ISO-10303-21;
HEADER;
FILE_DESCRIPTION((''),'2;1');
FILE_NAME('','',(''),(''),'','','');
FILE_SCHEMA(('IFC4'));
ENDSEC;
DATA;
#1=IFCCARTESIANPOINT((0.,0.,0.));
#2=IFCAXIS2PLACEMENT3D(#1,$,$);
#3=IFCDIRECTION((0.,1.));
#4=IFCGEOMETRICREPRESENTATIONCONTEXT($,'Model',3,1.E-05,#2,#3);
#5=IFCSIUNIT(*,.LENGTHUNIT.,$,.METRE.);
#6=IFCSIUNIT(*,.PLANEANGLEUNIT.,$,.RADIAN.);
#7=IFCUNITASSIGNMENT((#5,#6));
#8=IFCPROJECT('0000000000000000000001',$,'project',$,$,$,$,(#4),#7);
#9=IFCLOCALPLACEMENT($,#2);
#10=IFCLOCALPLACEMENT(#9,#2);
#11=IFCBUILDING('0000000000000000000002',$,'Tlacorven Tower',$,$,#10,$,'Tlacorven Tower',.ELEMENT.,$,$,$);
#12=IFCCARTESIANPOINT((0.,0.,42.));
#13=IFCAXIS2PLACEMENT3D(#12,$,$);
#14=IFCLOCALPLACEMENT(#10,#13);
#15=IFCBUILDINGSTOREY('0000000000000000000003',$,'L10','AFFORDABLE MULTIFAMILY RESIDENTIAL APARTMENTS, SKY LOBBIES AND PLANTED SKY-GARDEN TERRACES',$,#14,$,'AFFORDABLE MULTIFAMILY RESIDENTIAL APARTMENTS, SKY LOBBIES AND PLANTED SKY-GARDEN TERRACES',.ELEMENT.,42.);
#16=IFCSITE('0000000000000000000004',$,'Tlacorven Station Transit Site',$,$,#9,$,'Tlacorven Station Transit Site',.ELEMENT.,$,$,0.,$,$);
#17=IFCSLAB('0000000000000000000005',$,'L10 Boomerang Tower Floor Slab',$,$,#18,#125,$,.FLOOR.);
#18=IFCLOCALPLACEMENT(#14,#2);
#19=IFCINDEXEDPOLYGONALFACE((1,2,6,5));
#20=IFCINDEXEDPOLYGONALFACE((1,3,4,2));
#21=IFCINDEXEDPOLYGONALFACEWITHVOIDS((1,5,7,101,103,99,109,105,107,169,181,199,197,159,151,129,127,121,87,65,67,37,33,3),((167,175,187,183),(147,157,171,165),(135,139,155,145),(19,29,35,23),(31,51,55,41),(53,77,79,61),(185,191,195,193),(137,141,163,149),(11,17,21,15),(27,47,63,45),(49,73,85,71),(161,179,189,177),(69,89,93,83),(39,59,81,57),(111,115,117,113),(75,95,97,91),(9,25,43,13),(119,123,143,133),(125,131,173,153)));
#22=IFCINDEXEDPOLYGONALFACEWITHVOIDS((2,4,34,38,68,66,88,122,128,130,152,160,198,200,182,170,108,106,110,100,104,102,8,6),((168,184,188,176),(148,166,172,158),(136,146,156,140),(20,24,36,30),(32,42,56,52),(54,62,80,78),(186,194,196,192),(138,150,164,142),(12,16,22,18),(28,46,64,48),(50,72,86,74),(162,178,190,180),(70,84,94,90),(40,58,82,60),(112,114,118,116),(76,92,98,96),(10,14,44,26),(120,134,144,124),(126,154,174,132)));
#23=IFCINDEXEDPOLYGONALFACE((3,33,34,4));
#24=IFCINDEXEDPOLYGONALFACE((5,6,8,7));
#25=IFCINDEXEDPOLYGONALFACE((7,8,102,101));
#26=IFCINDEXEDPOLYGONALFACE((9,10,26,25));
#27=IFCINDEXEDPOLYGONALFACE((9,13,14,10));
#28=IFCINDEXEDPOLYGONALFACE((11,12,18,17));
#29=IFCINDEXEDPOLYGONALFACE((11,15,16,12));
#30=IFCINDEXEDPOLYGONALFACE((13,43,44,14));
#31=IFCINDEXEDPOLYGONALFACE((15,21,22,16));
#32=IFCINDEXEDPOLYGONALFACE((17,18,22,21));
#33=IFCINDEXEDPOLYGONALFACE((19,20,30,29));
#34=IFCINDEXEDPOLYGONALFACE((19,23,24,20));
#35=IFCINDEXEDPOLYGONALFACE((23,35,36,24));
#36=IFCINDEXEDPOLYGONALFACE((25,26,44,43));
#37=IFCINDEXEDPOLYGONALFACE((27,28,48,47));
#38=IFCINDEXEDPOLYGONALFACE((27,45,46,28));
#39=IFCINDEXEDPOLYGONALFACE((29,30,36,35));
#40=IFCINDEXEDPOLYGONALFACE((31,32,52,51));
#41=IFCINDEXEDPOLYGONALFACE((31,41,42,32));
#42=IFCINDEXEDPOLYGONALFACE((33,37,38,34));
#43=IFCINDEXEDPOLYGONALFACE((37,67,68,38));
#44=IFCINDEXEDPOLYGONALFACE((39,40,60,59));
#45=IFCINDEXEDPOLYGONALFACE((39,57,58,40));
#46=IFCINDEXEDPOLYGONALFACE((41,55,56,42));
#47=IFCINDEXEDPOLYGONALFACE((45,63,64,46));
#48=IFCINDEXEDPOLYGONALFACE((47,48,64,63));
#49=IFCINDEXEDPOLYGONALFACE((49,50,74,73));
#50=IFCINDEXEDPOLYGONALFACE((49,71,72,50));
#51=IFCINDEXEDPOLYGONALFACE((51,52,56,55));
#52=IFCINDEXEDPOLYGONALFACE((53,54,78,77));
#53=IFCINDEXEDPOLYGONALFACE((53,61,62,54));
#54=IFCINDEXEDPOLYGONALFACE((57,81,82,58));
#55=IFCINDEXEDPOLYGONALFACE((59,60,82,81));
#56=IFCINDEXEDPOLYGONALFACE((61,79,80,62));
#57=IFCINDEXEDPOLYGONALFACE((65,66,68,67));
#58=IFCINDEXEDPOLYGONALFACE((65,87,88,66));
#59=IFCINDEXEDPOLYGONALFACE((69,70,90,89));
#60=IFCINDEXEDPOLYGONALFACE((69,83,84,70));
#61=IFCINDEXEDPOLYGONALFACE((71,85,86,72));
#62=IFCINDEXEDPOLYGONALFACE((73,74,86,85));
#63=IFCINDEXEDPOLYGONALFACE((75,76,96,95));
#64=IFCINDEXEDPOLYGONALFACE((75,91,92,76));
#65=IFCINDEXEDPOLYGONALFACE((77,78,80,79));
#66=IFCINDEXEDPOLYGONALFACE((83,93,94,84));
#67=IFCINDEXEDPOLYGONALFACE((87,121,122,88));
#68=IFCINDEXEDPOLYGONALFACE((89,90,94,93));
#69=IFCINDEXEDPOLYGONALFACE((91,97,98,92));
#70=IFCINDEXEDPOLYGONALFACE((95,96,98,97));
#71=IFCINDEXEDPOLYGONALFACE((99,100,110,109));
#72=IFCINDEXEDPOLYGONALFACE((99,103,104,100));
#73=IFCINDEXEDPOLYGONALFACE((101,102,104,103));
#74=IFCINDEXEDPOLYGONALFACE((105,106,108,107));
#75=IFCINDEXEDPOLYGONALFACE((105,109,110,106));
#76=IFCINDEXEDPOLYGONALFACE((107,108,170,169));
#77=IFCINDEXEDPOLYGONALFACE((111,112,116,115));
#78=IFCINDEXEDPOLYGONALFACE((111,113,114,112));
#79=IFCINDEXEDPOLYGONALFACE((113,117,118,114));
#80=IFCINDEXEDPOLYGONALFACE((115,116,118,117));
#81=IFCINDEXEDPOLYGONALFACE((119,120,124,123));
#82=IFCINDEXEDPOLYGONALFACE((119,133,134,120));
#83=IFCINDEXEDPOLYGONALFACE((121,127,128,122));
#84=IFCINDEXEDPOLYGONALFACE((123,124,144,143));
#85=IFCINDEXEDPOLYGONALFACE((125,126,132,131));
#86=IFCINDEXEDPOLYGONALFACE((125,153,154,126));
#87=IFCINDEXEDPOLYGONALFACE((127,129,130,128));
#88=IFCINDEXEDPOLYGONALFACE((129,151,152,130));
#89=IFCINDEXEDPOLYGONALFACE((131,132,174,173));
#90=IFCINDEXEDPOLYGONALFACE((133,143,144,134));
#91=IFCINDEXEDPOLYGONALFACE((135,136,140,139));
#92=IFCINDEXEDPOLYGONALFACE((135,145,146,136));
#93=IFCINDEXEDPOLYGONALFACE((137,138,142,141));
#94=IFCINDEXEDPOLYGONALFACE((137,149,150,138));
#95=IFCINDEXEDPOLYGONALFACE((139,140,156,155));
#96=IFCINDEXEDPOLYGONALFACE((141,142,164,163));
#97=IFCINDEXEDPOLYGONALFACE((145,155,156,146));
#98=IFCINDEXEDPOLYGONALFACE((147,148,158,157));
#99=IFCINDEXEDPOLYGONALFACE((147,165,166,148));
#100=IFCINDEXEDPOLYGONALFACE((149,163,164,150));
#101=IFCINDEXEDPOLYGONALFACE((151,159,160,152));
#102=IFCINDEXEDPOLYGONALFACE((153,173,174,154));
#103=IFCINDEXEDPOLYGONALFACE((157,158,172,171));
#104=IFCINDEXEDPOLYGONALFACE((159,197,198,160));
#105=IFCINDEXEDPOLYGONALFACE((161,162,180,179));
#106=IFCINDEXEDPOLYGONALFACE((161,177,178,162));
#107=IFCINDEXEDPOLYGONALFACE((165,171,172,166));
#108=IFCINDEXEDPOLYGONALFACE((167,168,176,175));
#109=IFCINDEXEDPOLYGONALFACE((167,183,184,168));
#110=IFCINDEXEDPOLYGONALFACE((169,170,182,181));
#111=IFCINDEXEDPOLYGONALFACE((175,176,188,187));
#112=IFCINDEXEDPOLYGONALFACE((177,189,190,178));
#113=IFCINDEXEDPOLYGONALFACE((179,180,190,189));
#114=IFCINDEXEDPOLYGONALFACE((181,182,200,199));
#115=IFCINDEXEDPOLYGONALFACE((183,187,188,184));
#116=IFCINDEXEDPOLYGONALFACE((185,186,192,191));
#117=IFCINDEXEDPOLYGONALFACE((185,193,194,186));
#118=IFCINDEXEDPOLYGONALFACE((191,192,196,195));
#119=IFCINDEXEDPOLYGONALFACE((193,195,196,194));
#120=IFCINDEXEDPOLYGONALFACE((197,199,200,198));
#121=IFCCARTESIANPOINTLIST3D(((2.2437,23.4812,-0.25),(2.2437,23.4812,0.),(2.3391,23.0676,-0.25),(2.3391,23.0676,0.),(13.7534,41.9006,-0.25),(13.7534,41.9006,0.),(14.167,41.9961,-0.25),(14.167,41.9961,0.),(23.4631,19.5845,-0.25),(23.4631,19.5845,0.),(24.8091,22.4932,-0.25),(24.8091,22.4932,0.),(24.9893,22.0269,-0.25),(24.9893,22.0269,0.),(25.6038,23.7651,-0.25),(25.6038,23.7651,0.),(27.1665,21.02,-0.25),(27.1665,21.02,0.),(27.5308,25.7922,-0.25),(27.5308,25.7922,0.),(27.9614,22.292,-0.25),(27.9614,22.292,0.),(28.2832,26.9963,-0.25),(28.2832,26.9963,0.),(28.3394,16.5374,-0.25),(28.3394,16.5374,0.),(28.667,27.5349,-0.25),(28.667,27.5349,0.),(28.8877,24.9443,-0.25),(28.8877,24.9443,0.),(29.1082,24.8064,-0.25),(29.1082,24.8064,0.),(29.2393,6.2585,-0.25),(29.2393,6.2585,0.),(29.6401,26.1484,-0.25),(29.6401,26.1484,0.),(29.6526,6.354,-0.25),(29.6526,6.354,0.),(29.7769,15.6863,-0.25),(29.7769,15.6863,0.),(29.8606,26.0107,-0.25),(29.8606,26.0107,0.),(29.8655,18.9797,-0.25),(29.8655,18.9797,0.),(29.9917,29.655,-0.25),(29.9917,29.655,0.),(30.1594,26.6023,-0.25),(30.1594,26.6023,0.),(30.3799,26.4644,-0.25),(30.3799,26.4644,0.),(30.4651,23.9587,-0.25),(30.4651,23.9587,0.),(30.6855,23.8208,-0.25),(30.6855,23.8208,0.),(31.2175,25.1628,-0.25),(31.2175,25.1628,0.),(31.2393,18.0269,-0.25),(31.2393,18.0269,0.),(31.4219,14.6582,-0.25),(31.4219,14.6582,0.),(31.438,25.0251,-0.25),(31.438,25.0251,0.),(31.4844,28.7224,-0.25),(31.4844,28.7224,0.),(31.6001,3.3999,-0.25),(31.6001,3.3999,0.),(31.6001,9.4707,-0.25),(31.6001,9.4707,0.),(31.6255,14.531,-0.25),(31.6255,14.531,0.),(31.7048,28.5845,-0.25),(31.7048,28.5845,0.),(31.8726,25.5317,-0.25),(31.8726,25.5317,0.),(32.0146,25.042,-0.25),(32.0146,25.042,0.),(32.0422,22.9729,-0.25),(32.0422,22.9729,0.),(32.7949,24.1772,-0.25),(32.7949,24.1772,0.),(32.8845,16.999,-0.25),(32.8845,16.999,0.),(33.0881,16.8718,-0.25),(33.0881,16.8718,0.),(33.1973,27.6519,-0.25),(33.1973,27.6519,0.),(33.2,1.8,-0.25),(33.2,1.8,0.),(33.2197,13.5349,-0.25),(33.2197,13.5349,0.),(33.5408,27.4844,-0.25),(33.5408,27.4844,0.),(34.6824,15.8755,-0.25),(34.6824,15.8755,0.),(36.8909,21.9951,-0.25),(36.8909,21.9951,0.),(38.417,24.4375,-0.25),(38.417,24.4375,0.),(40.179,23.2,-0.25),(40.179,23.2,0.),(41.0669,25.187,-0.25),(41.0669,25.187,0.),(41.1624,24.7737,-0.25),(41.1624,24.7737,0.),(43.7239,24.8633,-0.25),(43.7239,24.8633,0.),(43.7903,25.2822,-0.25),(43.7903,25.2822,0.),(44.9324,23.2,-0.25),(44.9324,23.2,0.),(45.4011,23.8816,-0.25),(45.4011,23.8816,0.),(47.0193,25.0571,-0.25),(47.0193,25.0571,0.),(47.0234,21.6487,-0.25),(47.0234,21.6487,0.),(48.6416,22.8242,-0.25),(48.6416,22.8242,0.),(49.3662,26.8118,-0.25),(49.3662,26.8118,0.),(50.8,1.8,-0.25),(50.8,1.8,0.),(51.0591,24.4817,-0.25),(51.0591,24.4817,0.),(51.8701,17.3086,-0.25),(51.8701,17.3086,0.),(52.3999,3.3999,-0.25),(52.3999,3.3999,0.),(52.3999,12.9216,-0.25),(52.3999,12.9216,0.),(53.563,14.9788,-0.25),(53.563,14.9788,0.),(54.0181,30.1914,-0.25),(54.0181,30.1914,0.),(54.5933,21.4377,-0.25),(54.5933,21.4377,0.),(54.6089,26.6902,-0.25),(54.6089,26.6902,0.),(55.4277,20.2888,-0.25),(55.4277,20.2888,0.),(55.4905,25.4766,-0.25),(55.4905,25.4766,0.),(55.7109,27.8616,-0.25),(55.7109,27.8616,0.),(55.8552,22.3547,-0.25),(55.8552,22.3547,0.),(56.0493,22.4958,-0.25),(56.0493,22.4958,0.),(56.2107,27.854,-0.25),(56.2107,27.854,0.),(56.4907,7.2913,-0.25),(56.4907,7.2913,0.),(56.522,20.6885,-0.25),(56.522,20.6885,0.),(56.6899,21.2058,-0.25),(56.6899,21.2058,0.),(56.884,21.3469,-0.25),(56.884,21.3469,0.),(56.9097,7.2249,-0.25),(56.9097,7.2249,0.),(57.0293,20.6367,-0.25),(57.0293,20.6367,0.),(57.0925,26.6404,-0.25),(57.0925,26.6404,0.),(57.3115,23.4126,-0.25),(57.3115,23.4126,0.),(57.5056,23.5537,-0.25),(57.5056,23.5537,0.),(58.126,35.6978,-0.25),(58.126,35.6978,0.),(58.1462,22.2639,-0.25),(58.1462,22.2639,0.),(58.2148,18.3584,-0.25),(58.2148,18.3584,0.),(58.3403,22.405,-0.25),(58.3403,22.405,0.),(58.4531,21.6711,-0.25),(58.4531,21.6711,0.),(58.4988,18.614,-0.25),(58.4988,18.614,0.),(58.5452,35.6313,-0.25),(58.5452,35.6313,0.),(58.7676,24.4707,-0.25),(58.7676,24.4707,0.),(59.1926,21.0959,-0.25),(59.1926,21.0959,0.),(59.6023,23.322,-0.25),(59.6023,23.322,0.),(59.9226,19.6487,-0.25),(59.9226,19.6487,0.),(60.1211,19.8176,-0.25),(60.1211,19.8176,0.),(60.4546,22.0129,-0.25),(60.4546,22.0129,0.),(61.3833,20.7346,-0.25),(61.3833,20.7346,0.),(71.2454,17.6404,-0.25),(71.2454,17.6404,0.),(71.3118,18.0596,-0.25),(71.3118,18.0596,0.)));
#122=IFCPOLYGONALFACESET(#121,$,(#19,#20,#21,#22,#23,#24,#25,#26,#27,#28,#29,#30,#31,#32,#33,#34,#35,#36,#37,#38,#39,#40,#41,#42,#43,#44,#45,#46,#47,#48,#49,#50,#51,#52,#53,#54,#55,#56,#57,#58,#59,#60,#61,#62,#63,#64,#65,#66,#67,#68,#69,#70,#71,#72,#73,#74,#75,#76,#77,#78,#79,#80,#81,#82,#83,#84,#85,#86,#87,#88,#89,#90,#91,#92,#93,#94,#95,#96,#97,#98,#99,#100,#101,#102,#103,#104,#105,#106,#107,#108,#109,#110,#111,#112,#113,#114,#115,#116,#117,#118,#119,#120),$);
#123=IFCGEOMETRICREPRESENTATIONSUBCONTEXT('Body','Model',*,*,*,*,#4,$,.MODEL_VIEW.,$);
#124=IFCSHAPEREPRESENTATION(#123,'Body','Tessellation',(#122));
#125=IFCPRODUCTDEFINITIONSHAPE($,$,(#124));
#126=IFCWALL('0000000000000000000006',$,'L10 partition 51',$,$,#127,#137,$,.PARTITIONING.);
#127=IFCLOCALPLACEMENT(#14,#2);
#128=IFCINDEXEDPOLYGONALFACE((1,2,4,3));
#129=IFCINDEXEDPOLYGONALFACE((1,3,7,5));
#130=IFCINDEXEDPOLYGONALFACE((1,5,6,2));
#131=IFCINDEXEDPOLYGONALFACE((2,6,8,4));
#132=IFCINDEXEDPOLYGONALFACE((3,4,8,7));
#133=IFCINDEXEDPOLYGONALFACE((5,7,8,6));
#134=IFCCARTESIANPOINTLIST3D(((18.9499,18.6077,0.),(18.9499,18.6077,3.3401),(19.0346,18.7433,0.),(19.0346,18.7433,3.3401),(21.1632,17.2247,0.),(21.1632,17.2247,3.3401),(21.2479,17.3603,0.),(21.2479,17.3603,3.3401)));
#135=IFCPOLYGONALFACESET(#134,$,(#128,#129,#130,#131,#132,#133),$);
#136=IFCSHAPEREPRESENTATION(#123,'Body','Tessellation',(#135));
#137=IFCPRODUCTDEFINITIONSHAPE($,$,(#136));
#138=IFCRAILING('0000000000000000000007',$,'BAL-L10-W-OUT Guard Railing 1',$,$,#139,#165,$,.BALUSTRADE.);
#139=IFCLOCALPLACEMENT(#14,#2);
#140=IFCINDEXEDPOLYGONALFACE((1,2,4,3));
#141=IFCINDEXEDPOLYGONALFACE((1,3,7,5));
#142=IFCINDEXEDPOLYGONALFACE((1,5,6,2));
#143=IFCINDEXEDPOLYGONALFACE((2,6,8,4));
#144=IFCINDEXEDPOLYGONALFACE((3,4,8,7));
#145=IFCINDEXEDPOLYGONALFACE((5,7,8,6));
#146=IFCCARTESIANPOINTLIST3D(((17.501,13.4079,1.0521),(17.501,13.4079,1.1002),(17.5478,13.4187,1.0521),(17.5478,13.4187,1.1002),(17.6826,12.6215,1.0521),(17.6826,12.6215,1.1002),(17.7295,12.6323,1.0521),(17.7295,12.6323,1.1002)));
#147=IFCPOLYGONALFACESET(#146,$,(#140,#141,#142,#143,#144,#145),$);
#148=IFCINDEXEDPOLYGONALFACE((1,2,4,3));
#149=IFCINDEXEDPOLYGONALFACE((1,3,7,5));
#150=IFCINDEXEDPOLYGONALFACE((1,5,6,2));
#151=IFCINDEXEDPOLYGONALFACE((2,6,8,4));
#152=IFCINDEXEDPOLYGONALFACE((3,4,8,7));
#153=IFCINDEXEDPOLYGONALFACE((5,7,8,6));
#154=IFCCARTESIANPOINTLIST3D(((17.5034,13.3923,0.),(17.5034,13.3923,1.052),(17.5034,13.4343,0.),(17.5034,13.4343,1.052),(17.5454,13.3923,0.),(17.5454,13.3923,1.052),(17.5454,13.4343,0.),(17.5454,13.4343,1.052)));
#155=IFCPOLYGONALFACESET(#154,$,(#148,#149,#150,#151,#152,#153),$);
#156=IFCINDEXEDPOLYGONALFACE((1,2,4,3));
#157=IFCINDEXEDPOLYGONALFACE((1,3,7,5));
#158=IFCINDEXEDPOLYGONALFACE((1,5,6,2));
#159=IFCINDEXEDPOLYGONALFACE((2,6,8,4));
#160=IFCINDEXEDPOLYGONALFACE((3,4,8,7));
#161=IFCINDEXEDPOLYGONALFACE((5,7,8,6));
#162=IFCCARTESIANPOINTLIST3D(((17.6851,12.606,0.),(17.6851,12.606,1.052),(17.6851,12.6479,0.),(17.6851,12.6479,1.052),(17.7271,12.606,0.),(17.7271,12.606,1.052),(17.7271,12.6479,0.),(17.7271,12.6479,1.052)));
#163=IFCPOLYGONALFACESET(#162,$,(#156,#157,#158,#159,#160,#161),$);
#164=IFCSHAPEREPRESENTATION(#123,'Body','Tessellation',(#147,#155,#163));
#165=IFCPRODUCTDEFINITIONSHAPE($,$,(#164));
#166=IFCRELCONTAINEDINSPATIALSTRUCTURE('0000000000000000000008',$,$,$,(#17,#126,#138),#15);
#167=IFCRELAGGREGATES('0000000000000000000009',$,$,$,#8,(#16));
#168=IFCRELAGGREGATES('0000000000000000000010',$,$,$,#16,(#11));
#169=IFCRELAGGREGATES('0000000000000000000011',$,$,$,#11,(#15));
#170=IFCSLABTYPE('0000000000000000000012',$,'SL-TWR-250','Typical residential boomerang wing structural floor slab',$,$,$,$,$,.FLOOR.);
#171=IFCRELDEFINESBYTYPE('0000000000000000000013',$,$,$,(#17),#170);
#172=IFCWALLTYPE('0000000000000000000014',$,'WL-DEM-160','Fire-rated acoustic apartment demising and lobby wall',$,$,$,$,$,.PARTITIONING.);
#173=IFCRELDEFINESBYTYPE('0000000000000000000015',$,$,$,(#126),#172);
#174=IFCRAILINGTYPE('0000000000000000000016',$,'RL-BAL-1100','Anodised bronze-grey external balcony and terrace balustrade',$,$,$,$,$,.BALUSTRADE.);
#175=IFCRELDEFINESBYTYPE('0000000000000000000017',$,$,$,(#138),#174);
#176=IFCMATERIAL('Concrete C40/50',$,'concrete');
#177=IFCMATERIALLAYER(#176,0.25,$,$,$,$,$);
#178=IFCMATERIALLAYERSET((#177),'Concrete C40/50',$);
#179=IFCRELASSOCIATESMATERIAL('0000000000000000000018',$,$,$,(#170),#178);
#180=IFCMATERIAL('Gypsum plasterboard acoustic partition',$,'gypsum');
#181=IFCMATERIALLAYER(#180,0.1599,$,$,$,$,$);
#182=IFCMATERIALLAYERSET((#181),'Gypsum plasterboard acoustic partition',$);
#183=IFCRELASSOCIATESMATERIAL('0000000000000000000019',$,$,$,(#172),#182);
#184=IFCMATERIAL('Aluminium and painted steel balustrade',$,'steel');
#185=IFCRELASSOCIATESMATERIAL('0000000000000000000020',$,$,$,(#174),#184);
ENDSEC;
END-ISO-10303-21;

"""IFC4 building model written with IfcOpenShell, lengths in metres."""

from ifc_helpers import new_model, si_unit, direction, frame, frame_2d, origin, origin_2d, place, context, subcontext, project, spatial, polyline, rectangle, outline, extrude, source, transform, mapped, material, layer, layer_set, type_object, element, save


model = new_model("IFC4")

# Units and contexts
model_context = context("Model", 3, precision=1e-05, world=origin(), true_north=direction((0.0, 1.0)))
body_context = subcontext(model_context, "Body", "Model", "MODEL_VIEW")
ifc_project = project(units=[si_unit("LENGTHUNIT", "METRE"), si_unit("PLANEANGLEUNIT", "RADIAN")], contexts=[model_context])

# Site, building, storey
site_placement = place(None, origin())
site = spatial("IfcSite", under=ifc_project, at=site_placement, Name="Tlacorven Station Transit Site", LongName="Tlacorven Station Transit Site", CompositionType="ELEMENT", RefElevation=0.0)
building_placement = place(site_placement, origin())
building = spatial("IfcBuilding", under=site, at=building_placement, Name="Tlacorven Tower", LongName="Tlacorven Tower", CompositionType="ELEMENT")
storey_placement = place(building_placement, frame((0.0, 0.0, 42.0)))
storey = spatial("IfcBuildingStorey", under=building, at=storey_placement, Name="L10", Description="AFFORDABLE MULTIFAMILY RESIDENTIAL APARTMENTS, SKY LOBBIES AND PLANTED SKY-GARDEN TERRACES", LongName="AFFORDABLE MULTIFAMILY RESIDENTIAL APARTMENTS, SKY LOBBIES AND PLANTED SKY-GARDEN TERRACES", CompositionType="ELEMENT", Elevation=42.0)

# Shared definitions
ifc_material_1 = material(Name="Concrete C40/50", Category="concrete")

# Slab
ifc_layer_1 = layer(ifc_material_1, 0.25)
ifc_layer_set_1 = layer_set([ifc_layer_1], Name="Concrete C40/50")
slab_type_1 = type_object("IfcSlabType", Name="SL-TWR-250", Description="Typical residential boomerang wing structural floor slab", PredefinedType="FLOOR", material=ifc_layer_set_1)
slab_1_placement = place(storey_placement, frame((0.0, 0.0, -0.25)))
element("IfcSlab", 1, at=slab_1_placement, inside=storey, type_object=slab_type_1, Name="L10 Boomerang Tower Floor Slab", PredefinedType="FLOOR", context=body_context, shape_type="SweptSolid", body=[
    extrude(outline(polyline([(52.3999, 3.3999), (50.8, 1.8), (33.2, 1.8), (31.6001, 3.3999), (31.6001, 9.4707), (29.6526, 6.354), (29.2393, 6.2585), (2.3391, 23.0676), (2.2437, 23.4812), (13.7534, 41.9006), (14.167, 41.9961), (41.0669, 25.187), (41.1624, 24.7737), (40.179, 23.2), (44.9324, 23.2), (43.7239, 24.8633), (43.7903, 25.2822), (58.126, 35.6978), (58.5452, 35.6313), (71.3118, 18.0596), (71.2454, 17.6404), (56.9097, 7.2249), (56.4907, 7.2913), (52.3999, 12.9216), (52.3999, 3.3999)]), holes=[polyline([(29.8655, 18.9797), (24.9893, 22.0269), (23.4631, 19.5845), (28.3394, 16.5374), (29.8655, 18.9797)]), polyline([(38.417, 24.4375), (33.5408, 27.4844), (32.0146, 25.042), (36.8909, 21.9951), (38.417, 24.4375)]), polyline([(51.0591, 24.4817), (55.7109, 27.8616), (54.0181, 30.1914), (49.3662, 26.8118), (51.0591, 24.4817)]), polyline([(53.563, 14.9788), (58.2148, 18.3584), (56.522, 20.6885), (51.8701, 17.3086), (53.563, 14.9788)]), polyline([(34.6824, 15.8755), (33.0881, 16.8718), (31.6255, 14.531), (33.2197, 13.5349), (34.6824, 15.8755)]), polyline([(32.8845, 16.999), (31.2393, 18.0269), (29.7769, 15.6863), (31.4219, 14.6582), (32.8845, 16.999)]), polyline([(47.0234, 21.6487), (48.6416, 22.8242), (47.0193, 25.0571), (45.4011, 23.8816), (47.0234, 21.6487)]), polyline([(33.1973, 27.6519), (31.7048, 28.5845), (30.3799, 26.4644), (31.8726, 25.5317), (33.1973, 27.6519)]), polyline([(31.4844, 28.7224), (29.9917, 29.655), (28.667, 27.5349), (30.1594, 26.6023), (31.4844, 28.7224)]), polyline([(32.7949, 24.1772), (31.438, 25.0251), (30.6855, 23.8208), (32.0422, 22.9729), (32.7949, 24.1772)]), polyline([(31.2175, 25.1628), (29.8606, 26.0107), (29.1082, 24.8064), (30.4651, 23.9587), (31.2175, 25.1628)]), polyline([(29.6401, 26.1484), (28.2832, 26.9963), (27.5308, 25.7922), (28.8877, 24.9443), (29.6401, 26.1484)]), polyline([(55.4277, 20.2888), (56.6899, 21.2058), (55.8552, 22.3547), (54.5933, 21.4377), (55.4277, 20.2888)]), polyline([(56.884, 21.3469), (58.1462, 22.2639), (57.3115, 23.4126), (56.0493, 22.4958), (56.884, 21.3469)]), polyline([(58.3403, 22.405), (59.6023, 23.322), (58.7676, 24.4707), (57.5056, 23.5537), (58.3403, 22.405)]), polyline([(58.4988, 18.614), (59.9226, 19.6487), (58.4531, 21.6711), (57.0293, 20.6367), (58.4988, 18.614)]), polyline([(27.9614, 22.292), (25.6038, 23.7651), (24.8091, 22.4932), (27.1665, 21.02), (27.9614, 22.292)]), polyline([(55.4905, 25.4766), (57.0925, 26.6404), (56.2107, 27.854), (54.6089, 26.6902), (55.4905, 25.4766)]), polyline([(60.1211, 19.8176), (61.3833, 20.7346), (60.4546, 22.0129), (59.1926, 21.0959), (60.1211, 19.8176)])]), origin(), (0.0, 0.0, 1.0), 0.25),
])

# Wall
ifc_material_2 = material(Name="Gypsum plasterboard acoustic partition", Category="gypsum")
ifc_layer_2 = layer(ifc_material_2, 0.1599)
ifc_layer_set_2 = layer_set([ifc_layer_2], Name="Gypsum plasterboard acoustic partition")
wall_type = type_object("IfcWallType", Name="WL-DEM-160", Description="Fire-rated acoustic apartment demising and lobby wall", PredefinedType="PARTITIONING", material=ifc_layer_set_2)
wall_placement = place(storey_placement, frame((21.2056, 17.2925, 0.0), z_axis=(0.0, 0.0, 1.0), x_axis=(-0.848051, 0.529915, 0.0)))
element("IfcWall", 2, at=wall_placement, inside=storey, type_object=wall_type, Name="L10 partition 51", PredefinedType="PARTITIONING", context=body_context, shape_type="SweptSolid", body=[
    extrude(rectangle(XDim=2.6099, YDim=0.1599, at=frame_2d((1.3049, 0.0))), origin(), (0.0, 0.0, 1.0), 3.3401),
])

# Railing
ifc_material_3 = material(Name="Aluminium and painted steel balustrade", Category="steel")
railing_type = type_object("IfcRailingType", Name="RL-BAL-1100", Description="Anodised bronze-grey external balcony and terrace balustrade", PredefinedType="BALUSTRADE", material=ifc_material_3)
shared_shape_1 = source(origin(), body_context, "Body", "SweptSolid", [
    extrude(rectangle(XDim=0.0481, YDim=0.0481, at=origin_2d()), frame((0.0, 0.0, 1.0762), z_axis=(0.225058, -0.974345, 0.0), x_axis=(0.974345, 0.225058, 0.0)), (0.0, 0.0, 1.0), 0.8071),
    extrude(rectangle(XDim=0.042, YDim=0.042, at=origin_2d()), origin(), (0.0, 0.0, 1.0), 1.052),
    extrude(rectangle(XDim=0.042, YDim=0.042, at=origin_2d()), frame((0.1816, -0.7864, 0.0)), (0.0, 0.0, 1.0), 1.052),
])
railing_1_placement = place(storey_placement, frame((17.5244, 13.4133, 0.0)))
element("IfcRailing", 3, at=railing_1_placement, inside=storey, type_object=railing_type, Name="BAL-L10-W-OUT Guard Railing 1", PredefinedType="BALUSTRADE", context=body_context, shape_type="MappedRepresentation", body=[
    mapped(shared_shape_1, transform((0.0, 0.0, 0.0), scale=1.0)),
])

save(model, "model.ifc")
